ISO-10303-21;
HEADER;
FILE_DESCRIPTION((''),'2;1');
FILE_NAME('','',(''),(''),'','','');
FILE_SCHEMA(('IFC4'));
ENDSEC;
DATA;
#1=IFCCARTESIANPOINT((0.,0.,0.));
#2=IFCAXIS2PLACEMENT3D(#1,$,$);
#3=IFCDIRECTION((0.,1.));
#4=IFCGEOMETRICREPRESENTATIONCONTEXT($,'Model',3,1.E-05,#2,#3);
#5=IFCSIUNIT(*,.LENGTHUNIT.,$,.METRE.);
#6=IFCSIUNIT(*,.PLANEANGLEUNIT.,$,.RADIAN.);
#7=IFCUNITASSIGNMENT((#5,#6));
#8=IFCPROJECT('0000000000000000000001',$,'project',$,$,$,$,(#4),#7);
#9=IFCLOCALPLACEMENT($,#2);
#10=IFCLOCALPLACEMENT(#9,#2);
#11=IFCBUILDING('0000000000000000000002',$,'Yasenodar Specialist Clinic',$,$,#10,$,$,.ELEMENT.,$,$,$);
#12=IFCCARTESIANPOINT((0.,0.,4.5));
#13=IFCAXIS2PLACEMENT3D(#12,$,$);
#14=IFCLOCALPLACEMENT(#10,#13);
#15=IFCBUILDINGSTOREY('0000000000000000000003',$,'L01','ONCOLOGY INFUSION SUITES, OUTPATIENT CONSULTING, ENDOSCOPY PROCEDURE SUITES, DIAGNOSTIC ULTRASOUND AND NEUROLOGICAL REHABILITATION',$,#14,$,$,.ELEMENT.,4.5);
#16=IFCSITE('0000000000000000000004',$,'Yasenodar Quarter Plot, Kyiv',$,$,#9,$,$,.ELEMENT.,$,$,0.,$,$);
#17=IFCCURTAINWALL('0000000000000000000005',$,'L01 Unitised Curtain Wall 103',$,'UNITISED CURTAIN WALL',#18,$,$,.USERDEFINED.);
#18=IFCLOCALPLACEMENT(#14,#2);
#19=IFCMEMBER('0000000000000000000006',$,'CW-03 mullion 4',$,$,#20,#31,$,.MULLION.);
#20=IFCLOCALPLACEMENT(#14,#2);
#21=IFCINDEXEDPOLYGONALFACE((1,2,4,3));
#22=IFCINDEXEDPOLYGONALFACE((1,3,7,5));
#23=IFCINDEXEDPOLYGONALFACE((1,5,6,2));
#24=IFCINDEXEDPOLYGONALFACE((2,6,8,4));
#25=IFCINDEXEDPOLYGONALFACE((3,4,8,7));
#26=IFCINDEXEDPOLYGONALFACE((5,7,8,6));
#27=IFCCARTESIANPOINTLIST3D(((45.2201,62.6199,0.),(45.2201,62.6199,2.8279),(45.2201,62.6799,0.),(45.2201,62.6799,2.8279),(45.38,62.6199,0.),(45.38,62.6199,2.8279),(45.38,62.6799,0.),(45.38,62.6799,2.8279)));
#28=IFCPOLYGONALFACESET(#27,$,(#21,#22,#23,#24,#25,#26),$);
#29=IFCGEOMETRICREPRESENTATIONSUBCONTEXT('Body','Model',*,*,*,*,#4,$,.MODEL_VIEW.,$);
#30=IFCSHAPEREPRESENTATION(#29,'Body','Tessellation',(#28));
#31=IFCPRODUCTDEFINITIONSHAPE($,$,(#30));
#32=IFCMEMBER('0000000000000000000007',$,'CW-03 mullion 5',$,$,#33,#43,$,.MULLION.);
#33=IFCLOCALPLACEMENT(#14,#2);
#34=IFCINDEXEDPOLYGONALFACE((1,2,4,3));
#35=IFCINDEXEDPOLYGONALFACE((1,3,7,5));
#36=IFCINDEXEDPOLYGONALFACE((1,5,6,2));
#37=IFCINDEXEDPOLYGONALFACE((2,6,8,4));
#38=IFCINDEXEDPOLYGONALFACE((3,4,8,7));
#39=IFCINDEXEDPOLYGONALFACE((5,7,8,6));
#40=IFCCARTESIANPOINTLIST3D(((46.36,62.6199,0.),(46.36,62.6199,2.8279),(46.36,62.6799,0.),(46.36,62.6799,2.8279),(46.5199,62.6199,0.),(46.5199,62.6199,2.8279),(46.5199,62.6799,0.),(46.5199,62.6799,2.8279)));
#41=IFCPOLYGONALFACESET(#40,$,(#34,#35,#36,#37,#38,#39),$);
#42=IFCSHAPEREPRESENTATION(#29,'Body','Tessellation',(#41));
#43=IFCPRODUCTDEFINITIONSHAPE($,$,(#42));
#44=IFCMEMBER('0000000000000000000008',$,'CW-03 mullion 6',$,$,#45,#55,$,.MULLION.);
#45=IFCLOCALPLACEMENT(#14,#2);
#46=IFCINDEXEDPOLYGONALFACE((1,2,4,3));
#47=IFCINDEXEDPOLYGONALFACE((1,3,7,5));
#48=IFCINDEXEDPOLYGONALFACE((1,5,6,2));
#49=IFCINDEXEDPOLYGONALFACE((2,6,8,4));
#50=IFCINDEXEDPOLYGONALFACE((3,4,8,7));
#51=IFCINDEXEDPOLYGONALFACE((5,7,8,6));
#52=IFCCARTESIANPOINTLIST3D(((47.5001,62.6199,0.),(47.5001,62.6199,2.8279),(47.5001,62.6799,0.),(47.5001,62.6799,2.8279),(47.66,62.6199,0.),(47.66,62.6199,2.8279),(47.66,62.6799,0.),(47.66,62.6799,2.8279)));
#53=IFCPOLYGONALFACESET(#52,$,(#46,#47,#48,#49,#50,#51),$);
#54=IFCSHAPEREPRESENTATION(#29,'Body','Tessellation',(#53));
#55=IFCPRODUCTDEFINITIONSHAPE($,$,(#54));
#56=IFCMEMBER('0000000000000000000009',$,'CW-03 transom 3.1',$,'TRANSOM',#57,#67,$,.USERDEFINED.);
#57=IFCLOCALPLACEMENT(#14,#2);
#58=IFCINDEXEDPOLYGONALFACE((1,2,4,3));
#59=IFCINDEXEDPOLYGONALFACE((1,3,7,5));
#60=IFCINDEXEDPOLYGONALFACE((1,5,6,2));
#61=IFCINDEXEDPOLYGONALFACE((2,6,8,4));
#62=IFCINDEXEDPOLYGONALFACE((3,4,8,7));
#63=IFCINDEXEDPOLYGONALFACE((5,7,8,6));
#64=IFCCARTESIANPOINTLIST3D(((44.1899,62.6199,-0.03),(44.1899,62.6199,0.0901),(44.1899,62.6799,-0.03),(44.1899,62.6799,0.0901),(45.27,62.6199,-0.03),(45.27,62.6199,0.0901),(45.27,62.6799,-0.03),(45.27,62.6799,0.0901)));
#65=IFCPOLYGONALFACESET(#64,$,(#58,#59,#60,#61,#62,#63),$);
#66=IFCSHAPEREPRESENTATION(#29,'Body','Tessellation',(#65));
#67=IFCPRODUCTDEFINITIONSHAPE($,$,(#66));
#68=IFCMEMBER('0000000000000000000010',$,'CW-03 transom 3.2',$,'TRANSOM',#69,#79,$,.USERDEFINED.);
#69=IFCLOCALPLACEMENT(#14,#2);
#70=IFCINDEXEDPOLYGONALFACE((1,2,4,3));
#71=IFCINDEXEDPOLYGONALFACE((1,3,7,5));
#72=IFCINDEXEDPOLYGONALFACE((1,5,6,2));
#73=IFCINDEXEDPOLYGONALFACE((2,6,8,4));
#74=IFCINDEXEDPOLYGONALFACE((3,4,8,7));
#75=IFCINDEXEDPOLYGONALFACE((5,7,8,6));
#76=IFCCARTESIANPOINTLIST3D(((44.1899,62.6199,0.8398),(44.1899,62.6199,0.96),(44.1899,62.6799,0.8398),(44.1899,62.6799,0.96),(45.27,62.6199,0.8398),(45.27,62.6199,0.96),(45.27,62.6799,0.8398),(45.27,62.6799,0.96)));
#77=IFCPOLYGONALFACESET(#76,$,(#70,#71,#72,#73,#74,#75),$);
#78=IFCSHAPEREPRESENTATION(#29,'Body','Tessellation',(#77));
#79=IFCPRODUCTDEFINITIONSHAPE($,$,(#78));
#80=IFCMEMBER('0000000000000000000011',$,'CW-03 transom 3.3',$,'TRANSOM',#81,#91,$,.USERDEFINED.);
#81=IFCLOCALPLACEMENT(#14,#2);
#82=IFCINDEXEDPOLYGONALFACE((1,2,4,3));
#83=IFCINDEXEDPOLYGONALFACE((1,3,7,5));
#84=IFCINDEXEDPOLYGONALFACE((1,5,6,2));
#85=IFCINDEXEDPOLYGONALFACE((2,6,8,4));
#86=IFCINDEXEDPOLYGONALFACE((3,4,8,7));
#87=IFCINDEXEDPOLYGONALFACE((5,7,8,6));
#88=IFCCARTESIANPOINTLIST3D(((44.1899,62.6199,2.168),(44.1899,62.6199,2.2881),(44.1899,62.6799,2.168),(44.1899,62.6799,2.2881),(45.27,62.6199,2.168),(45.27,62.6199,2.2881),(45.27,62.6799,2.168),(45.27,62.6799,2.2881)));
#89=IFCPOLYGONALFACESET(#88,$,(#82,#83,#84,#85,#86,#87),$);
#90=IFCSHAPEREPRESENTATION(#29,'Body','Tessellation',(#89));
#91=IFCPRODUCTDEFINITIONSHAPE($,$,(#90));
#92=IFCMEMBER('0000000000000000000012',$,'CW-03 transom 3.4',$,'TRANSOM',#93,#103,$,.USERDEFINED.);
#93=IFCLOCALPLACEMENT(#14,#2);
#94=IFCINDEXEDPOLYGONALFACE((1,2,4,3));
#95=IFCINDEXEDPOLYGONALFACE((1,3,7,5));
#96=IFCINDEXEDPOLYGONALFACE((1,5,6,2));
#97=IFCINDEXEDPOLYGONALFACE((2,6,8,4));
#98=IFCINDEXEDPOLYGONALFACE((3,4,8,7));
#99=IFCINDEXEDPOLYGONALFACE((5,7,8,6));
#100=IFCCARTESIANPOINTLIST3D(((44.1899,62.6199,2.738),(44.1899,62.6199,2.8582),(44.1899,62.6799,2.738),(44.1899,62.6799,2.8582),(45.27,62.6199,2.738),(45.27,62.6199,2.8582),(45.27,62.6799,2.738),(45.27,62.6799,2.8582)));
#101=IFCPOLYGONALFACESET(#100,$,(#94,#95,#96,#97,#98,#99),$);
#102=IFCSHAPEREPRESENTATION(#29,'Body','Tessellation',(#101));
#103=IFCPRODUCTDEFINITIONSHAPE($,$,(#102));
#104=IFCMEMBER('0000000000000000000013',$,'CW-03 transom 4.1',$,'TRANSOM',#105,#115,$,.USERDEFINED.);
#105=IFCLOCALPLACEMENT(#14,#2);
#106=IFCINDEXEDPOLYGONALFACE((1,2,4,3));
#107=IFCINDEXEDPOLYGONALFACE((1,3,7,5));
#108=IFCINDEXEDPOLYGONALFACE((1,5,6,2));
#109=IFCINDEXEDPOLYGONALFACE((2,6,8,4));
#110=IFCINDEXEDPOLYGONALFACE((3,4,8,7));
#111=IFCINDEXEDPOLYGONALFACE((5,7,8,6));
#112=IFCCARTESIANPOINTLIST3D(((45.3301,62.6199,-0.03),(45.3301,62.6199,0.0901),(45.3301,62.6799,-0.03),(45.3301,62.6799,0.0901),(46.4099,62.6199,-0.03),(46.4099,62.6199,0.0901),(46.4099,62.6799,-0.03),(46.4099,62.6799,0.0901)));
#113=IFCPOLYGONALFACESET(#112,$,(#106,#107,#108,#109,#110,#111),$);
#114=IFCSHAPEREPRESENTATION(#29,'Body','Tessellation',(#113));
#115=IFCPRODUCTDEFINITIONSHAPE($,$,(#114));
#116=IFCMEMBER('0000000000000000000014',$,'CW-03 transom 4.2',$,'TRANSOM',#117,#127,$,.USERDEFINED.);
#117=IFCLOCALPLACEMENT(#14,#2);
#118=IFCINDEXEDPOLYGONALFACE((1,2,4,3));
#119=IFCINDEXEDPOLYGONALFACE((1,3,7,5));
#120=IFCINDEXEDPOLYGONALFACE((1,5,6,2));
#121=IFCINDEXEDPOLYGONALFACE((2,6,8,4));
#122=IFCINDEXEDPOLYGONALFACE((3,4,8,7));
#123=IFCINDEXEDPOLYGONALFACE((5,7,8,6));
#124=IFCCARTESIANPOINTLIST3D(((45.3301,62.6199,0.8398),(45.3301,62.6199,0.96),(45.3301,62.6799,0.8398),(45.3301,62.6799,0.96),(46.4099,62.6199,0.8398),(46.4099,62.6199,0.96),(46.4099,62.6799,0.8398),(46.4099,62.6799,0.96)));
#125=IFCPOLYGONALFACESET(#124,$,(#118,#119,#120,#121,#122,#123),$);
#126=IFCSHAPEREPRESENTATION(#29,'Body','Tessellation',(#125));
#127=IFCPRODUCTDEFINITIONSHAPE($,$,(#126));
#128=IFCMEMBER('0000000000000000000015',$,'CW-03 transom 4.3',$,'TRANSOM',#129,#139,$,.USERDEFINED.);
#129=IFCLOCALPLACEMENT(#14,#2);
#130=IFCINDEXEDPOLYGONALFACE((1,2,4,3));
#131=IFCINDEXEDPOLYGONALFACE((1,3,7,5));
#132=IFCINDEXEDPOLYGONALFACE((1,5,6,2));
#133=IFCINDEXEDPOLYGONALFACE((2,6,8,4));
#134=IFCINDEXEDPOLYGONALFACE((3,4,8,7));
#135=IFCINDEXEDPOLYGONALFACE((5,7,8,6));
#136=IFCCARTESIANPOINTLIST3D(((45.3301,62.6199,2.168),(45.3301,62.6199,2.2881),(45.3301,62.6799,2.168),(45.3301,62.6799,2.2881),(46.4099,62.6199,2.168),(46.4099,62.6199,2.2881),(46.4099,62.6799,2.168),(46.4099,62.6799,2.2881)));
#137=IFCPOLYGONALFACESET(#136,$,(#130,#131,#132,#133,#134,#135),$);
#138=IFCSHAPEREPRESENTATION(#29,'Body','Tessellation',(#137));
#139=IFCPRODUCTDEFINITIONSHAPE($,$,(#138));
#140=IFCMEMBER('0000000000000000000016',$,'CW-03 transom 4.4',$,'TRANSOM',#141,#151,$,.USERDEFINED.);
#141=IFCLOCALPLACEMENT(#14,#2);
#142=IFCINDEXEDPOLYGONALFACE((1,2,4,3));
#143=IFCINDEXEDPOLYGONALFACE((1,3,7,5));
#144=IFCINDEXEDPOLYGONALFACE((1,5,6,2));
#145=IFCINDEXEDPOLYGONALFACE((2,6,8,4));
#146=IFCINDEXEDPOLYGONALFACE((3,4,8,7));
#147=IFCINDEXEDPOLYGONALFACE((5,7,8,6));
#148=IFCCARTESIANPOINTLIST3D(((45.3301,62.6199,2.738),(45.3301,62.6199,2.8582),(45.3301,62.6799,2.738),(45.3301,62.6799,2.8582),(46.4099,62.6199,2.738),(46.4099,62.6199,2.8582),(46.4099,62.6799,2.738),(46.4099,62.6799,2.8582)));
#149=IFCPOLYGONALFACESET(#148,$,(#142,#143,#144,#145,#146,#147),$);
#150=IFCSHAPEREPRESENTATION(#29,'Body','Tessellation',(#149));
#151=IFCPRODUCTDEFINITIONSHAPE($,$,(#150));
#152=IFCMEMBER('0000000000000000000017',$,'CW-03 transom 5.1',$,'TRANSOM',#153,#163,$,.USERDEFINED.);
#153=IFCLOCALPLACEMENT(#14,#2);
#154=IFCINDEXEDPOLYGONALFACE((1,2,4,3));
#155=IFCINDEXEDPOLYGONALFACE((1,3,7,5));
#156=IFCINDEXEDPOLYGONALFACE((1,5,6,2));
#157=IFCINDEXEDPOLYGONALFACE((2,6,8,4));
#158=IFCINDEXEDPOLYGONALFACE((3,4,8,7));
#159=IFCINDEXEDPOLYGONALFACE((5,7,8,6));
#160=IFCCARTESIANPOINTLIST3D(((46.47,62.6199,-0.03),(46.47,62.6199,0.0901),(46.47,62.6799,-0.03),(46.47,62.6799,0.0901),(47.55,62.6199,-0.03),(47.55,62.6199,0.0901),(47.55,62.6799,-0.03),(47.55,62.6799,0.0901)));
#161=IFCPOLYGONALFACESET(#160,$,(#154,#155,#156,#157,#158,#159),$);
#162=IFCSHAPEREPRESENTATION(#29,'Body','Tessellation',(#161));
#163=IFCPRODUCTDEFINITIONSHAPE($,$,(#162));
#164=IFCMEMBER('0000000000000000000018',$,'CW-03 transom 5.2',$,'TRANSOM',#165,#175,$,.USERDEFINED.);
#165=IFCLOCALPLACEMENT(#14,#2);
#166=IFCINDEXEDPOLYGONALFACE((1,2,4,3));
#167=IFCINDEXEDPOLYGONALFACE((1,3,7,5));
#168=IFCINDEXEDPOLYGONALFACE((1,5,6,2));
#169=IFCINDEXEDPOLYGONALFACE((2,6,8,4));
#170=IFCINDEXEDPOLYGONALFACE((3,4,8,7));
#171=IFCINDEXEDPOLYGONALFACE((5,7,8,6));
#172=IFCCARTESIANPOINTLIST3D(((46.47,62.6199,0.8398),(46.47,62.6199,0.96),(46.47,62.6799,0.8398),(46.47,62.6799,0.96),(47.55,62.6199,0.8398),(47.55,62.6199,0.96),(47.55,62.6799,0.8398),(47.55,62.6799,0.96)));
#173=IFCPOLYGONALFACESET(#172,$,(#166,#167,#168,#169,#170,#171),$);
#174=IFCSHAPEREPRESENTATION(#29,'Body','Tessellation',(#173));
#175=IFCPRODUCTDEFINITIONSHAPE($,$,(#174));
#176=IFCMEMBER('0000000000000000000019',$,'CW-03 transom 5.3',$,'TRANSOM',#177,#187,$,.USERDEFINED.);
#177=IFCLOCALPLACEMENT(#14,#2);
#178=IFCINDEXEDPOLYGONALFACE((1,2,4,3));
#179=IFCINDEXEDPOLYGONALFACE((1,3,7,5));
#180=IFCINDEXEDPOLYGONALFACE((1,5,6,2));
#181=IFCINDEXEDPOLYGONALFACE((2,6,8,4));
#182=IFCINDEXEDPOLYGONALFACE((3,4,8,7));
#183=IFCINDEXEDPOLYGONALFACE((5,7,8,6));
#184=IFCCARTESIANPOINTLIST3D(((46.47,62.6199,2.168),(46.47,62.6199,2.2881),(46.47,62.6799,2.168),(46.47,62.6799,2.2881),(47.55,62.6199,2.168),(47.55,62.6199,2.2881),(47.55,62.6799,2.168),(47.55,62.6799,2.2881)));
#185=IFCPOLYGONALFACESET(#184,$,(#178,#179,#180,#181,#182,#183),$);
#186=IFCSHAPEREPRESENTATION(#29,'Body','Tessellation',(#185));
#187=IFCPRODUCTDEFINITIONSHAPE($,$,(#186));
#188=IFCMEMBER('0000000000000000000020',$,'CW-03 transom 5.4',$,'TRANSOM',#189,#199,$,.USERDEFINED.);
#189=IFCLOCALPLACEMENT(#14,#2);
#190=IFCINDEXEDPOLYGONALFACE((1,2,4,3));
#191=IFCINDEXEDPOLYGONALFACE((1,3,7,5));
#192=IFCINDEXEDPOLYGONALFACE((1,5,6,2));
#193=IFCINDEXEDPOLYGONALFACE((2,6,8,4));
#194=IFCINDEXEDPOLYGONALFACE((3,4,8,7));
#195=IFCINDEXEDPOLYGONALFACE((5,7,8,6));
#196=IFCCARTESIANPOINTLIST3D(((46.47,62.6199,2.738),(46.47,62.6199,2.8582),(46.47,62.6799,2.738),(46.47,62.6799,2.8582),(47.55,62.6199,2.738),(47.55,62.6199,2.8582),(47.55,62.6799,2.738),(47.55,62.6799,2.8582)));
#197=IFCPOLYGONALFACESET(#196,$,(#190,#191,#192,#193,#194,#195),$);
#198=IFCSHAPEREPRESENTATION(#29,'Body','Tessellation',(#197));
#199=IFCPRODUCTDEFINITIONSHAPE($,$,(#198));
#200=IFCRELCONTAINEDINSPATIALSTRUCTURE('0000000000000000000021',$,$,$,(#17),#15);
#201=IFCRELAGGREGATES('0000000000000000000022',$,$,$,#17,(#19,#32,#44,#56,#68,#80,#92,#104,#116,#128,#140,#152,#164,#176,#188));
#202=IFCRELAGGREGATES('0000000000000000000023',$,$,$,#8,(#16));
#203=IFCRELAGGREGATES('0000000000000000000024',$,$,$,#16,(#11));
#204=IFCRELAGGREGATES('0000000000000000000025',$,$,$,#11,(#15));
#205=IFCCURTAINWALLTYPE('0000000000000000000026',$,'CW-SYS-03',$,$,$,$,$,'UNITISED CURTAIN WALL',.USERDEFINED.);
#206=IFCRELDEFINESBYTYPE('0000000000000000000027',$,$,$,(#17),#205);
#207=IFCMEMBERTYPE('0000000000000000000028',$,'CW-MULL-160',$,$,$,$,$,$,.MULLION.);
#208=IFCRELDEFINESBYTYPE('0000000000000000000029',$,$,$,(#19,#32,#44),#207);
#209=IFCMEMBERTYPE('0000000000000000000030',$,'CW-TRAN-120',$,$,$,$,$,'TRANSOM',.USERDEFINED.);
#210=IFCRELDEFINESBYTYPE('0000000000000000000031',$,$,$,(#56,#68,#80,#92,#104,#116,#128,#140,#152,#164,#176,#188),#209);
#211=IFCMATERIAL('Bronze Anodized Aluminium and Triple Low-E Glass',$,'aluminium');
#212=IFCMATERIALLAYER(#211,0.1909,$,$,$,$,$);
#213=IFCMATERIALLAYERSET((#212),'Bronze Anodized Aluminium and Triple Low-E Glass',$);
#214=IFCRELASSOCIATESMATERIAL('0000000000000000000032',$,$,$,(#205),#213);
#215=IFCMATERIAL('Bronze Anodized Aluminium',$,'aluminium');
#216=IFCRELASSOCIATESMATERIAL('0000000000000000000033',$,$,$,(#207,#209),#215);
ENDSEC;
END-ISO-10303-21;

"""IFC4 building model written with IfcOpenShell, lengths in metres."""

from ifc_helpers import new_model, si_unit, direction, frame, origin, origin_2d, place, context, subcontext, project, spatial, rectangle, extrude, material, layer, layer_set, material_profile, profile_set, type_object, element, aggregate, save


model = new_model("IFC4")

# Units and contexts
model_context = context("Model", 3, precision=1e-05, world=origin(), true_north=direction((0.0, 1.0)))
body_context = subcontext(model_context, "Body", "Model", "MODEL_VIEW")
ifc_project = project(units=[si_unit("LENGTHUNIT", "METRE"), si_unit("PLANEANGLEUNIT", "RADIAN")], contexts=[model_context])

# Site, building, storey
site_placement = place(None, origin())
site = spatial("IfcSite", under=ifc_project, at=site_placement, Name="Yasenodar Quarter Plot, Kyiv", CompositionType="ELEMENT", RefElevation=0.0)
building_placement = place(site_placement, origin())
building = spatial("IfcBuilding", under=site, at=building_placement, Name="Yasenodar Specialist Clinic", CompositionType="ELEMENT")
storey_placement = place(building_placement, frame((0.0, 0.0, 4.5)))
storey = spatial("IfcBuildingStorey", under=building, at=storey_placement, Name="L01", Description="ONCOLOGY INFUSION SUITES, OUTPATIENT CONSULTING, ENDOSCOPY PROCEDURE SUITES, DIAGNOSTIC ULTRASOUND AND NEUROLOGICAL REHABILITATION", CompositionType="ELEMENT", Elevation=4.5)

# Curtain wall, members
ifc_material_1 = material(Name="Bronze Anodized Aluminium and Triple Low-E Glass", Category="aluminium")
ifc_layer_1 = layer(ifc_material_1, 0.1909)
ifc_layer_set_1 = layer_set([ifc_layer_1], Name="Bronze Anodized Aluminium and Triple Low-E Glass")
curtain_wall_type = type_object("IfcCurtainWallType", Name="CW-SYS-03", ElementType="UNITISED CURTAIN WALL", PredefinedType="USERDEFINED", material=ifc_layer_set_1)
curtain_wall_placement = place(storey_placement, origin())
curtain_wall = element("IfcCurtainWall", 1, at=curtain_wall_placement, inside=storey, type_object=curtain_wall_type, Name="L01 Unitised Curtain Wall 103", ObjectType="UNITISED CURTAIN WALL", PredefinedType="USERDEFINED")
ifc_material_2 = material(Name="Bronze Anodized Aluminium", Category="aluminium")
ifc_material_profile_1 = material_profile(ifc_material_2, rectangle(XDim=0.0601, YDim=0.1599, at=origin_2d()), Name="CW-MULL 60x160")
ifc_profile_set_1 = profile_set([ifc_material_profile_1], Name="Bronze Anodized Aluminium")
member_type_1 = type_object("IfcMemberType", Name="CW-MULL-160", PredefinedType="MULLION", material=ifc_profile_set_1)
member_1_placement = place(storey_placement, frame((45.3, 62.6499, 0.0), z_axis=(0.0, 0.0, 1.0), x_axis=(0.0, 1.0, 0.0)))
member_1 = element("IfcMember", 2, at=member_1_placement, type_object=member_type_1, Name="CW-03 mullion 4", PredefinedType="MULLION", context=body_context, shape_type="SweptSolid", body=[
    extrude(rectangle(XDim=0.0601, YDim=0.1599, at=origin_2d()), origin(), (0.0, 0.0, 1.0), 2.8279),
])
member_2_placement = place(storey_placement, frame((46.4399, 62.6499, 0.0), z_axis=(0.0, 0.0, 1.0), x_axis=(0.0, 1.0, 0.0)))
member_2 = element("IfcMember", 3, at=member_2_placement, type_object=member_type_1, Name="CW-03 mullion 5", PredefinedType="MULLION", context=body_context, shape_type="SweptSolid", body=[
    extrude(rectangle(XDim=0.0601, YDim=0.1599, at=origin_2d()), origin(), (0.0, 0.0, 1.0), 2.8279),
])
member_3_placement = place(storey_placement, frame((47.5801, 62.6499, 0.0), z_axis=(0.0, 0.0, 1.0), x_axis=(0.0, 1.0, 0.0)))
member_3 = element("IfcMember", 4, at=member_3_placement, type_object=member_type_1, Name="CW-03 mullion 6", PredefinedType="MULLION", context=body_context, shape_type="SweptSolid", body=[
    extrude(rectangle(XDim=0.0601, YDim=0.1599, at=origin_2d()), origin(), (0.0, 0.0, 1.0), 2.8279),
])
ifc_material_profile_2 = material_profile(ifc_material_2, rectangle(XDim=0.0601, YDim=0.1201, at=origin_2d()), Name="CW-TRAN 60x120")
ifc_profile_set_2 = profile_set([ifc_material_profile_2], Name="Bronze Anodized Aluminium")
member_type_2 = type_object("IfcMemberType", Name="CW-TRAN-120", ElementType="TRANSOM", PredefinedType="USERDEFINED", material=ifc_profile_set_2)
member_4_placement = place(storey_placement, frame((44.1899, 62.6499, 0.03), z_axis=(1.0, 0.0, 0.0), x_axis=(0.0, 1.0, 0.0)))
member_4 = element("IfcMember", 5, at=member_4_placement, type_object=member_type_2, Name="CW-03 transom 3.1", ObjectType="TRANSOM", PredefinedType="USERDEFINED", context=body_context, shape_type="SweptSolid", body=[
    extrude(rectangle(XDim=0.0601, YDim=0.1201, at=origin_2d()), origin(), (0.0, 0.0, 1.0), 1.0801),
])
member_5_placement = place(storey_placement, frame((44.1899, 62.6499, 0.8999), z_axis=(1.0, 0.0, 0.0), x_axis=(0.0, 1.0, 0.0)))
member_5 = element("IfcMember", 6, at=member_5_placement, type_object=member_type_2, Name="CW-03 transom 3.2", ObjectType="TRANSOM", PredefinedType="USERDEFINED", context=body_context, shape_type="SweptSolid", body=[
    extrude(rectangle(XDim=0.0601, YDim=0.1201, at=origin_2d()), origin(), (0.0, 0.0, 1.0), 1.0801),
])
member_6_placement = place(storey_placement, frame((44.1899, 62.6499, 2.228), z_axis=(1.0, 0.0, 0.0), x_axis=(0.0, 1.0, 0.0)))
member_6 = element("IfcMember", 7, at=member_6_placement, type_object=member_type_2, Name="CW-03 transom 3.3", ObjectType="TRANSOM", PredefinedType="USERDEFINED", context=body_context, shape_type="SweptSolid", body=[
    extrude(rectangle(XDim=0.0601, YDim=0.1201, at=origin_2d()), origin(), (0.0, 0.0, 1.0), 1.0801),
])
member_7_placement = place(storey_placement, frame((44.1899, 62.6499, 2.7981), z_axis=(1.0, 0.0, 0.0), x_axis=(0.0, 1.0, 0.0)))
member_7 = element("IfcMember", 8, at=member_7_placement, type_object=member_type_2, Name="CW-03 transom 3.4", ObjectType="TRANSOM", PredefinedType="USERDEFINED", context=body_context, shape_type="SweptSolid", body=[
    extrude(rectangle(XDim=0.0601, YDim=0.1201, at=origin_2d()), origin(), (0.0, 0.0, 1.0), 1.0801),
])
member_8_placement = place(storey_placement, frame((45.3301, 62.6499, 0.03), z_axis=(1.0, 0.0, 0.0), x_axis=(0.0, 1.0, 0.0)))
member_8 = element("IfcMember", 9, at=member_8_placement, type_object=member_type_2, Name="CW-03 transom 4.1", ObjectType="TRANSOM", PredefinedType="USERDEFINED", context=body_context, shape_type="SweptSolid", body=[
    extrude(rectangle(XDim=0.0601, YDim=0.1201, at=origin_2d()), origin(), (0.0, 0.0, 1.0), 1.0798),
])
member_9_placement = place(storey_placement, frame((45.3301, 62.6499, 0.8999), z_axis=(1.0, 0.0, 0.0), x_axis=(0.0, 1.0, 0.0)))
member_9 = element("IfcMember", 10, at=member_9_placement, type_object=member_type_2, Name="CW-03 transom 4.2", ObjectType="TRANSOM", PredefinedType="USERDEFINED", context=body_context, shape_type="SweptSolid", body=[
    extrude(rectangle(XDim=0.0601, YDim=0.1201, at=origin_2d()), origin(), (0.0, 0.0, 1.0), 1.0798),
])
member_10_placement = place(storey_placement, frame((45.3301, 62.6499, 2.228), z_axis=(1.0, 0.0, 0.0), x_axis=(0.0, 1.0, 0.0)))
member_10 = element("IfcMember", 11, at=member_10_placement, type_object=member_type_2, Name="CW-03 transom 4.3", ObjectType="TRANSOM", PredefinedType="USERDEFINED", context=body_context, shape_type="SweptSolid", body=[
    extrude(rectangle(XDim=0.0601, YDim=0.1201, at=origin_2d()), origin(), (0.0, 0.0, 1.0), 1.0798),
])
member_11_placement = place(storey_placement, frame((45.3301, 62.6499, 2.7981), z_axis=(1.0, 0.0, 0.0), x_axis=(0.0, 1.0, 0.0)))
member_11 = element("IfcMember", 12, at=member_11_placement, type_object=member_type_2, Name="CW-03 transom 4.4", ObjectType="TRANSOM", PredefinedType="USERDEFINED", context=body_context, shape_type="SweptSolid", body=[
    extrude(rectangle(XDim=0.0601, YDim=0.1201, at=origin_2d()), origin(), (0.0, 0.0, 1.0), 1.0798),
])
member_12_placement = place(storey_placement, frame((46.47, 62.6499, 0.03), z_axis=(1.0, 0.0, 0.0), x_axis=(0.0, 1.0, 0.0)))
member_12 = element("IfcMember", 13, at=member_12_placement, type_object=member_type_2, Name="CW-03 transom 5.1", ObjectType="TRANSOM", PredefinedType="USERDEFINED", context=body_context, shape_type="SweptSolid", body=[
    extrude(rectangle(XDim=0.0601, YDim=0.1201, at=origin_2d()), origin(), (0.0, 0.0, 1.0), 1.0801),
])
member_13_placement = place(storey_placement, frame((46.47, 62.6499, 0.8999), z_axis=(1.0, 0.0, 0.0), x_axis=(0.0, 1.0, 0.0)))
member_13 = element("IfcMember", 14, at=member_13_placement, type_object=member_type_2, Name="CW-03 transom 5.2", ObjectType="TRANSOM", PredefinedType="USERDEFINED", context=body_context, shape_type="SweptSolid", body=[
    extrude(rectangle(XDim=0.0601, YDim=0.1201, at=origin_2d()), origin(), (0.0, 0.0, 1.0), 1.0801),
])
member_14_placement = place(storey_placement, frame((46.47, 62.6499, 2.228), z_axis=(1.0, 0.0, 0.0), x_axis=(0.0, 1.0, 0.0)))
member_14 = element("IfcMember", 15, at=member_14_placement, type_object=member_type_2, Name="CW-03 transom 5.3", ObjectType="TRANSOM", PredefinedType="USERDEFINED", context=body_context, shape_type="SweptSolid", body=[
    extrude(rectangle(XDim=0.0601, YDim=0.1201, at=origin_2d()), origin(), (0.0, 0.0, 1.0), 1.0801),
])
member_15_placement = place(storey_placement, frame((46.47, 62.6499, 2.7981), z_axis=(1.0, 0.0, 0.0), x_axis=(0.0, 1.0, 0.0)))
member_15 = element("IfcMember", 16, at=member_15_placement, type_object=member_type_2, Name="CW-03 transom 5.4", ObjectType="TRANSOM", PredefinedType="USERDEFINED", context=body_context, shape_type="SweptSolid", body=[
    extrude(rectangle(XDim=0.0601, YDim=0.1201, at=origin_2d()), origin(), (0.0, 0.0, 1.0), 1.0801),
])
aggregate(curtain_wall, [member_1, member_2, member_3, member_4, member_5, member_6, member_7, member_8, member_9, member_10, member_11, member_12, member_13, member_14, member_15])

save(model, "model.ifc")
